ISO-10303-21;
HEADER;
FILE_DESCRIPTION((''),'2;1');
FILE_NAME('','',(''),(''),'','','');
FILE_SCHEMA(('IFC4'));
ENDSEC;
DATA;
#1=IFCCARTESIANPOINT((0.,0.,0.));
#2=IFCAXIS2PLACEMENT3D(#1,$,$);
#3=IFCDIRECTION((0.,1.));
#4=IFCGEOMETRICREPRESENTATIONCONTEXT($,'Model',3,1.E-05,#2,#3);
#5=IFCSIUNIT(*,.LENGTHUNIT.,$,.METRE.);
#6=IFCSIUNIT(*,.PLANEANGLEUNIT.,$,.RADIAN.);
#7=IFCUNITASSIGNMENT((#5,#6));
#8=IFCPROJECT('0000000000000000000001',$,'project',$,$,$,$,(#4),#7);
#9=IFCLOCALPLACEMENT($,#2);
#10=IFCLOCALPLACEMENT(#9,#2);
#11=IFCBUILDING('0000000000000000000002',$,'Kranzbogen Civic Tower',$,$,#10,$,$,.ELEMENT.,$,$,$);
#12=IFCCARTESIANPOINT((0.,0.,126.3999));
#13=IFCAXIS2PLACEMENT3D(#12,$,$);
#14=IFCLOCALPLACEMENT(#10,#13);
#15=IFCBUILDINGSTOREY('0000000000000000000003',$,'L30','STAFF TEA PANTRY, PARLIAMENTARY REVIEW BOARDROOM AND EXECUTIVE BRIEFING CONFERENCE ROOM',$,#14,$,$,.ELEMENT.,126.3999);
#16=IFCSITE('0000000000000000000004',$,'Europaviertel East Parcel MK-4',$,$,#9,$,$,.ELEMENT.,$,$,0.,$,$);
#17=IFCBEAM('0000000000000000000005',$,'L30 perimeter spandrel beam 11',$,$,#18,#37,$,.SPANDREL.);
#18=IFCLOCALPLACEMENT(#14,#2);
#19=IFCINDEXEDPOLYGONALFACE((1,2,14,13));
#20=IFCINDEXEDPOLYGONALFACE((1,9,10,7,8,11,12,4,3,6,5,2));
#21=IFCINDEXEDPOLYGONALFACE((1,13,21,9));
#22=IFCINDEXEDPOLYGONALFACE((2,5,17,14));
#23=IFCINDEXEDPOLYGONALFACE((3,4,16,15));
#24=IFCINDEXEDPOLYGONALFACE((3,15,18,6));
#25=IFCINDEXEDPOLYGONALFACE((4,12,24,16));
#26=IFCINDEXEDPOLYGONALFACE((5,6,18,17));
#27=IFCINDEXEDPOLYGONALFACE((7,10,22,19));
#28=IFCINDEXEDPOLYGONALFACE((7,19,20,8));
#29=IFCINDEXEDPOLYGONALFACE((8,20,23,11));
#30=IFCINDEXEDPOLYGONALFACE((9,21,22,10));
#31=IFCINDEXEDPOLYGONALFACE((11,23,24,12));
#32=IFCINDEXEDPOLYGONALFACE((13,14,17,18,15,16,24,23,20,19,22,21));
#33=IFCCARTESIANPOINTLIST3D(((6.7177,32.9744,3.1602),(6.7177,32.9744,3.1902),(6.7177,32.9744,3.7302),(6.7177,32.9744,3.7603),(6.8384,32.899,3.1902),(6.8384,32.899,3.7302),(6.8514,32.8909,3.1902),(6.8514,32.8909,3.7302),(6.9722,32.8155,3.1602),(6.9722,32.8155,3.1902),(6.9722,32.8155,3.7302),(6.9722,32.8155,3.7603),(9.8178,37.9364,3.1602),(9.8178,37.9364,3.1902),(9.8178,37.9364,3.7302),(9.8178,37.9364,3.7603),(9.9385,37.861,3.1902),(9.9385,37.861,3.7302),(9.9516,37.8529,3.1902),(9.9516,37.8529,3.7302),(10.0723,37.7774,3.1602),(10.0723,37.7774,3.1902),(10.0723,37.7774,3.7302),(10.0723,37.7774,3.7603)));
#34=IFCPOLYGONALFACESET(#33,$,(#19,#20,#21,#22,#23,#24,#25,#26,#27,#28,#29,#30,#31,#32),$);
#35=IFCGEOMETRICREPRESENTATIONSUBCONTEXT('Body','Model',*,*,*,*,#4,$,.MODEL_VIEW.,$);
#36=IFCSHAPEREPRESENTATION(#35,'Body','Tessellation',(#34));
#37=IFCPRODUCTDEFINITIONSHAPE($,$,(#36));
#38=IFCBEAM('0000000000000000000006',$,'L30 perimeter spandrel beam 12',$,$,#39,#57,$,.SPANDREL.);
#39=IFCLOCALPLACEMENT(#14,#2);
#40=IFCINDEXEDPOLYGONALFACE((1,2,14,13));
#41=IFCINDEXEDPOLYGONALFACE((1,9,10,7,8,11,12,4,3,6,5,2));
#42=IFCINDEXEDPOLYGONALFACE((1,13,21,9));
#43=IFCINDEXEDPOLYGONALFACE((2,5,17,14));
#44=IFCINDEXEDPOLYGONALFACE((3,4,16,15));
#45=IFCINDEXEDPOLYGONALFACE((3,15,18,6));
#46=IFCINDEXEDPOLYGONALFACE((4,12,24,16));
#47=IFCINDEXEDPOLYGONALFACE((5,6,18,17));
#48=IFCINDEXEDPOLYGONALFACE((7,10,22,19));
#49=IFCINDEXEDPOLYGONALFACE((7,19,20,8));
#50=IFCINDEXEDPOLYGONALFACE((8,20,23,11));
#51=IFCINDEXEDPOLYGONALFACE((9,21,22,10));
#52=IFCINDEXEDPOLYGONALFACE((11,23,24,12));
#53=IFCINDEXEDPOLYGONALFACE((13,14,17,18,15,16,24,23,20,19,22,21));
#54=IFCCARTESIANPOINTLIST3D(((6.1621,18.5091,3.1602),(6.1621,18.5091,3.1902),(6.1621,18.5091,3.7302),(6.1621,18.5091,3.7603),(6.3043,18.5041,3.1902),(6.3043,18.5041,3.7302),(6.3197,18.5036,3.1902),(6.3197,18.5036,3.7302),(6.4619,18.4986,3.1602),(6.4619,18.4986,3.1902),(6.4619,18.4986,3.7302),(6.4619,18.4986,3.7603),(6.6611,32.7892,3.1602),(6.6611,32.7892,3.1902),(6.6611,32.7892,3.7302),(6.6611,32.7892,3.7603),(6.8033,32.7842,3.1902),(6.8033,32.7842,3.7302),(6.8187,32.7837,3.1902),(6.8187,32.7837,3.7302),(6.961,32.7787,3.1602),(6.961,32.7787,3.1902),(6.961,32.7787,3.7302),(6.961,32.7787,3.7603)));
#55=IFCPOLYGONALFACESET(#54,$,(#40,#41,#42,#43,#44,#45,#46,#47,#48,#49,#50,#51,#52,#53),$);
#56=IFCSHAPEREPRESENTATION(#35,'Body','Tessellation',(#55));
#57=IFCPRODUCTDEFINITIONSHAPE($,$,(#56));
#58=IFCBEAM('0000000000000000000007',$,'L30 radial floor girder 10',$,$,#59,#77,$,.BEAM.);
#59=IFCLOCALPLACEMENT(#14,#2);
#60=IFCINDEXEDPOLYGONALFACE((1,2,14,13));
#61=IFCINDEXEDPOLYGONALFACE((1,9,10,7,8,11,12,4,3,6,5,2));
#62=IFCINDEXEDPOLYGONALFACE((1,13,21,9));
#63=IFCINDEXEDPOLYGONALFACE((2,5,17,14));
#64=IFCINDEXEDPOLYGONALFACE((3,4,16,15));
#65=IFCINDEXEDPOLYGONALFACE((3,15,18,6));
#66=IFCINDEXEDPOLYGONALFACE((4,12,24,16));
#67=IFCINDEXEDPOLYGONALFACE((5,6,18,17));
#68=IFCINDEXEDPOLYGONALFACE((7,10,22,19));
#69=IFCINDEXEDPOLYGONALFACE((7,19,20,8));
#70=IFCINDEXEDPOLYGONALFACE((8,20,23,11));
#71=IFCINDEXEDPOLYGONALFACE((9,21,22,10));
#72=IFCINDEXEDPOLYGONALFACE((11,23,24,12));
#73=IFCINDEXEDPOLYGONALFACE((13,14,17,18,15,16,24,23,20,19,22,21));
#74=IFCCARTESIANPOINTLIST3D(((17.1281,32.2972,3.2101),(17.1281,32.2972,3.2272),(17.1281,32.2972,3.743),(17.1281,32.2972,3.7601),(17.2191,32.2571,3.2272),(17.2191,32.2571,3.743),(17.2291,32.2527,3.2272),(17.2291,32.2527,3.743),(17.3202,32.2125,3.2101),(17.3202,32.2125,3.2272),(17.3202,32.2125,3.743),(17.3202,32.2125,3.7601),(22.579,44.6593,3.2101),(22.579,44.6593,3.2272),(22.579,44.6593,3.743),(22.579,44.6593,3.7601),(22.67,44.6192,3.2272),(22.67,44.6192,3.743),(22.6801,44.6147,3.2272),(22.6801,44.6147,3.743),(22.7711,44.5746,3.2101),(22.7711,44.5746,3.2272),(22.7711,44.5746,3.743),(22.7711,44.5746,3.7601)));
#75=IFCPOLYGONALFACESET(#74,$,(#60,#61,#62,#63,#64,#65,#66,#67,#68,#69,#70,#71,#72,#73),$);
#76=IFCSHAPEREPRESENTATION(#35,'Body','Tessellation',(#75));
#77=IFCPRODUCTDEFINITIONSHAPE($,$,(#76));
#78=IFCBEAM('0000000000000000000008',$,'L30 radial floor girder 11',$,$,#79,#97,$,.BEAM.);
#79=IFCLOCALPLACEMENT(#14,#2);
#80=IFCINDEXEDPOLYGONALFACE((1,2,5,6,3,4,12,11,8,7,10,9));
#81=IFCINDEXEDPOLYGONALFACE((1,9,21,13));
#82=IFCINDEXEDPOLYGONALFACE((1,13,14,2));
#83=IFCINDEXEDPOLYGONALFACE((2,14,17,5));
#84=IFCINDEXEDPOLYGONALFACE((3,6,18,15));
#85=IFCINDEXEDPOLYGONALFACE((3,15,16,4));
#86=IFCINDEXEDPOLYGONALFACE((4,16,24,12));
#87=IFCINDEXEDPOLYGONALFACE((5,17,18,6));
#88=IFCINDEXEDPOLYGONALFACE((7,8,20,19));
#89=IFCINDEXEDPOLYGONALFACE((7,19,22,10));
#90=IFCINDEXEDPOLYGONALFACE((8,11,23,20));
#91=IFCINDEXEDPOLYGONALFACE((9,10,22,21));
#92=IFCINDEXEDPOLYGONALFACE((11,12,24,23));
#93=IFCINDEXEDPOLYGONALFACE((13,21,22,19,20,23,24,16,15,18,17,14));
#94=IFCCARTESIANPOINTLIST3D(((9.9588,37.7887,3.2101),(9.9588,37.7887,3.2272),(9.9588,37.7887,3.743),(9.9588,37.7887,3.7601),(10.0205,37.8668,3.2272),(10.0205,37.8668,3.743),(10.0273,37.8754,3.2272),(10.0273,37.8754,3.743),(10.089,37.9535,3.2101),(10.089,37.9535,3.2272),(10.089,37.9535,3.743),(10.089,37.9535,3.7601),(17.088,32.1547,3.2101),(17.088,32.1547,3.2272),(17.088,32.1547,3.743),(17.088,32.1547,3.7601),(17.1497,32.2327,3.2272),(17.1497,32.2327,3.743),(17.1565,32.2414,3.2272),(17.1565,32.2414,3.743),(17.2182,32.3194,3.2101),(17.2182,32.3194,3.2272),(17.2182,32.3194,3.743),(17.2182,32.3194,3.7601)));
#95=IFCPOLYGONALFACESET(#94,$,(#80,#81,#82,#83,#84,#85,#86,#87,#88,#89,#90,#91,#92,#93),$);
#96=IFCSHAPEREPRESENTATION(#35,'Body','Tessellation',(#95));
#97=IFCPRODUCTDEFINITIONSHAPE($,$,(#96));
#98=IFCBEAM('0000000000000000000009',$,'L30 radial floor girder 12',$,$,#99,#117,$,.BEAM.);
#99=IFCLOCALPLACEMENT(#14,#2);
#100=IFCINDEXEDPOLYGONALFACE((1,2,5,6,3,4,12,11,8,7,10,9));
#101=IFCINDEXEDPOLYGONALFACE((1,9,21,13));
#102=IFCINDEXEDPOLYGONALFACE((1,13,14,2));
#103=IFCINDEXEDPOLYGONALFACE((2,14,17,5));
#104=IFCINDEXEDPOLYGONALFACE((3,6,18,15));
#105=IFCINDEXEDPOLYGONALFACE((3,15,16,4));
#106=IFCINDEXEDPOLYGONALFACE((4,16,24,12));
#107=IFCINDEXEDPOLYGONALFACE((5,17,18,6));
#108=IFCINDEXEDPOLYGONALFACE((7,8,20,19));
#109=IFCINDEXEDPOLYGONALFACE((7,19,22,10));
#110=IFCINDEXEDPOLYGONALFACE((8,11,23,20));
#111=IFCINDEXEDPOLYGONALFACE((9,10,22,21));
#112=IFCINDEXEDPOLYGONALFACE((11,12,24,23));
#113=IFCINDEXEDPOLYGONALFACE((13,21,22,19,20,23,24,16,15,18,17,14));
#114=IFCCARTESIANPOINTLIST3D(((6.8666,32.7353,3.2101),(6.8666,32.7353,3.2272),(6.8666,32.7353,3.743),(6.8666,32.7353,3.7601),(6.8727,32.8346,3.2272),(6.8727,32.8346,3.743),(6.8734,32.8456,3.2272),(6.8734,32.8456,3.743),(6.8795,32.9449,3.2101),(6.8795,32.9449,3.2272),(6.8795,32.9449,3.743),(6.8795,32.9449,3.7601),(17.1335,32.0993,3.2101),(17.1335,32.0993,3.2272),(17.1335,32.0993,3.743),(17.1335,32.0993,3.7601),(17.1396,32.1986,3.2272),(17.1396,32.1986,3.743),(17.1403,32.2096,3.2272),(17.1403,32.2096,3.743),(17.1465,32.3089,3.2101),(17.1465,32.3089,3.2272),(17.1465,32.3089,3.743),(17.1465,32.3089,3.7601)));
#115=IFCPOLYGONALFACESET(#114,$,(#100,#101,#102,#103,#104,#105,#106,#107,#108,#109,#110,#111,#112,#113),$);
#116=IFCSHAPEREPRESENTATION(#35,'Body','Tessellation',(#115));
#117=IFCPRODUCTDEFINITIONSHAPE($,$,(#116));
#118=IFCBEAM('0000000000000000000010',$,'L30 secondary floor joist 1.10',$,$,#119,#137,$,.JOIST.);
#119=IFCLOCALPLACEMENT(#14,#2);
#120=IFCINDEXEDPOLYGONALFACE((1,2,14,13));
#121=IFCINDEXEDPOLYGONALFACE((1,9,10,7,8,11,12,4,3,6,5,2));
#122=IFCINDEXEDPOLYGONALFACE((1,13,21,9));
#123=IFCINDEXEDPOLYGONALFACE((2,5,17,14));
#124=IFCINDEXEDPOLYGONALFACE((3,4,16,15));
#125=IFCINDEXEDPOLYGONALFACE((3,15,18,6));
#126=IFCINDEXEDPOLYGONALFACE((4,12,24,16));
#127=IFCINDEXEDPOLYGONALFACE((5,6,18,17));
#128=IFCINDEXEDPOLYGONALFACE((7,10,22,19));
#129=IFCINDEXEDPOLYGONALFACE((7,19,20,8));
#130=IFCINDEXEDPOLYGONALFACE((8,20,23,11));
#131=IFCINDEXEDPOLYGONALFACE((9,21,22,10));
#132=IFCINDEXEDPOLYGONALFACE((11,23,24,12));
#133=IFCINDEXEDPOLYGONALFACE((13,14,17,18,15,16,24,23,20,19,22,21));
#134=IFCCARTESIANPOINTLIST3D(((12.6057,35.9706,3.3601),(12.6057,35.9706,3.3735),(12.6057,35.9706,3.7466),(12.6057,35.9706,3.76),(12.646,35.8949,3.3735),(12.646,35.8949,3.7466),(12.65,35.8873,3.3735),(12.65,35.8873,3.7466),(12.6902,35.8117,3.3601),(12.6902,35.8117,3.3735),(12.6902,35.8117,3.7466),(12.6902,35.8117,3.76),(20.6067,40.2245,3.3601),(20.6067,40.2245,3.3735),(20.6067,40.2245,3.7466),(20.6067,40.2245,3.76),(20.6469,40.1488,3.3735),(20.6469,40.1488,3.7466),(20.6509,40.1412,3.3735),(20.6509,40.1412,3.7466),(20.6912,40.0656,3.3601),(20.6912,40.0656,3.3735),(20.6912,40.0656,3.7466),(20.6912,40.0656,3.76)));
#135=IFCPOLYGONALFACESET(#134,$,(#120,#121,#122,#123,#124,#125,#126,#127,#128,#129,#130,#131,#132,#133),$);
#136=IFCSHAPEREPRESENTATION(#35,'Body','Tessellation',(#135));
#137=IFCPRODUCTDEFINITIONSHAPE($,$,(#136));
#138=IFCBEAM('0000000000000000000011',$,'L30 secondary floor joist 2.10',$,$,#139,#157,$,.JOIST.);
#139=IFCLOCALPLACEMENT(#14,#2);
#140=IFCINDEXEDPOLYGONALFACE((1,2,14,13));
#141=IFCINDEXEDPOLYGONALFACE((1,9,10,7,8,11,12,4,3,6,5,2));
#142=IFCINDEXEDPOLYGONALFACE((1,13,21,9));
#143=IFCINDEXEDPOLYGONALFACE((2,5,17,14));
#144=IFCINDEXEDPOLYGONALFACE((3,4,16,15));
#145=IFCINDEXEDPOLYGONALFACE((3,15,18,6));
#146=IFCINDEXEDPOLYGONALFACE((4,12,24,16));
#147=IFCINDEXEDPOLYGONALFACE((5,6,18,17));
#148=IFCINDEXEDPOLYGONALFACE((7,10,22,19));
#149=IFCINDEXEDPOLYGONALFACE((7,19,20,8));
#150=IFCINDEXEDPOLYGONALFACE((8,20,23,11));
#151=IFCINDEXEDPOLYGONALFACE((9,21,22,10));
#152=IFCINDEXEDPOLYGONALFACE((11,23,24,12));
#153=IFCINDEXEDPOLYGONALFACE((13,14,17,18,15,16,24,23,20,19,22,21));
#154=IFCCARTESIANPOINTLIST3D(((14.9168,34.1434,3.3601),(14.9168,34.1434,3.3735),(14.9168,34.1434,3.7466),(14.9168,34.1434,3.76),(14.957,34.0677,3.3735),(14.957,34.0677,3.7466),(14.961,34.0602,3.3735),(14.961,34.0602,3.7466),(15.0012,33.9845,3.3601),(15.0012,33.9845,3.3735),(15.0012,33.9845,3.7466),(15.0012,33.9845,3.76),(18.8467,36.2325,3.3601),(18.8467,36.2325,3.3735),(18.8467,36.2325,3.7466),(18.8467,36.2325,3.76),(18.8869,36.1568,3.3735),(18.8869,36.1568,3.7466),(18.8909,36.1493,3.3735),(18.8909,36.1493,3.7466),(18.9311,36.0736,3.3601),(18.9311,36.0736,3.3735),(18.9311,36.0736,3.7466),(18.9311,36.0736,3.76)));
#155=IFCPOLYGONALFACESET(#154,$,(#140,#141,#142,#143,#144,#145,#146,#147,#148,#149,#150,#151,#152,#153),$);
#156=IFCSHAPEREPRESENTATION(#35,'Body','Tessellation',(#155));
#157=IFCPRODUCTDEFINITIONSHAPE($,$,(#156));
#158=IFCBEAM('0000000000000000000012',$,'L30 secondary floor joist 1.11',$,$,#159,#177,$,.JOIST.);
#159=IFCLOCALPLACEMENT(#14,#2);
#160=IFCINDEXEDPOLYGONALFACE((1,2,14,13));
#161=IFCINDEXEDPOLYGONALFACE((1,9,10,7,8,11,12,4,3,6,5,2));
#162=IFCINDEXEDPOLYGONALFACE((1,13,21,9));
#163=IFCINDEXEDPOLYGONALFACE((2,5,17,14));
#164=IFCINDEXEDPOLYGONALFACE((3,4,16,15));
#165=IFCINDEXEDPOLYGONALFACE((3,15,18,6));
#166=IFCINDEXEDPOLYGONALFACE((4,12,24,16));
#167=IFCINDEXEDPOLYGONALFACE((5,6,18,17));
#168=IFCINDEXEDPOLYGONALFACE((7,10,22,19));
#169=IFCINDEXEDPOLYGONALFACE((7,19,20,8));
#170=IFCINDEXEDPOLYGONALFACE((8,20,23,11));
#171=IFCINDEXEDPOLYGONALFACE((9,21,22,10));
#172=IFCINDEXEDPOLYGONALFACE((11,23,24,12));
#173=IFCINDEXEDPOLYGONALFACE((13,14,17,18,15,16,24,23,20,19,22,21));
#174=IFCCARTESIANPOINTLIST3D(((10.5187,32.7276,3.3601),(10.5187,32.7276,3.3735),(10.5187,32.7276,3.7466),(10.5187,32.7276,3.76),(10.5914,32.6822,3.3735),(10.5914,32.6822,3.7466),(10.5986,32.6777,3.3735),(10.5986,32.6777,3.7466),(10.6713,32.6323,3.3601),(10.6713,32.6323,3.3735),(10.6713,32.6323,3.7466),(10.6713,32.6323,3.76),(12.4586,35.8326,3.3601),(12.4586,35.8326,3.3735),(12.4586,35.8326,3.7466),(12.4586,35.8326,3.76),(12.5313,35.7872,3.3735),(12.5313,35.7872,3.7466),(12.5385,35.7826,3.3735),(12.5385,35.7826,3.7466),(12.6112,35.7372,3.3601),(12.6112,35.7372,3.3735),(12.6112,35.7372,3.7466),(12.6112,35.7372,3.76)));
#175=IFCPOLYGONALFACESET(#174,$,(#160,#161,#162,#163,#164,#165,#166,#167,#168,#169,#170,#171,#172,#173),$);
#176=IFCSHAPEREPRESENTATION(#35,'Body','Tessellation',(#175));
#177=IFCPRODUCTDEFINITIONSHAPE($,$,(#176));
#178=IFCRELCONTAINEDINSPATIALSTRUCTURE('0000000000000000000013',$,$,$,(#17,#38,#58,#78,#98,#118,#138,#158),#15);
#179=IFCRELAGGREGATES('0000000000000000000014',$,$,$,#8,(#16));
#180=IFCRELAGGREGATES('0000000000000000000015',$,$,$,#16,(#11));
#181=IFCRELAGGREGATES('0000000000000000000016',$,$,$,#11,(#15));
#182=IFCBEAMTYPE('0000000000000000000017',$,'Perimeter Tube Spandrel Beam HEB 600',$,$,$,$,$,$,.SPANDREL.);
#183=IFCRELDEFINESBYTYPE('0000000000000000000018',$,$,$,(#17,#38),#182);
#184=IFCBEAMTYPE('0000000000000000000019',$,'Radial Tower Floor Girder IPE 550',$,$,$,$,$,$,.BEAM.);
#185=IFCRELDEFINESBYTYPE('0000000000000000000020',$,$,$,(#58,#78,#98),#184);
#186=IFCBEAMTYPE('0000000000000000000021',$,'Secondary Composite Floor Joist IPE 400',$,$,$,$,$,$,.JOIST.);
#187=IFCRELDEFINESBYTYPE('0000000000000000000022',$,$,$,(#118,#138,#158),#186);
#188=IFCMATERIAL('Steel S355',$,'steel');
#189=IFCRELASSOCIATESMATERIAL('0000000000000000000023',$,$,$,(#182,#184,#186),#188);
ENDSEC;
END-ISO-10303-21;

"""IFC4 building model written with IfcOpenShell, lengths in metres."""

from ifc_helpers import new_model, si_unit, direction, frame, origin, origin_2d, place, context, subcontext, project, spatial, i_section, extrude, material, material_profile, profile_set, type_object, element, save


model = new_model("IFC4")

# Units and contexts
model_context = context("Model", 3, precision=1e-05, world=origin(), true_north=direction((0.0, 1.0)))
body_context = subcontext(model_context, "Body", "Model", "MODEL_VIEW")
ifc_project = project(units=[si_unit("LENGTHUNIT", "METRE"), si_unit("PLANEANGLEUNIT", "RADIAN")], contexts=[model_context])

# Site, building, storey
site_placement = place(None, origin())
site = spatial("IfcSite", under=ifc_project, at=site_placement, Name="Europaviertel East Parcel MK-4", CompositionType="ELEMENT", RefElevation=0.0)
building_placement = place(site_placement, origin())
building = spatial("IfcBuilding", under=site, at=building_placement, Name="Kranzbogen Civic Tower", CompositionType="ELEMENT")
storey_placement = place(building_placement, frame((0.0, 0.0, 126.3999)))
storey = spatial("IfcBuildingStorey", under=building, at=storey_placement, Name="L30", Description="STAFF TEA PANTRY, PARLIAMENTARY REVIEW BOARDROOM AND EXECUTIVE BRIEFING CONFERENCE ROOM", CompositionType="ELEMENT", Elevation=126.3999)

# Beams
ifc_material_1 = material(Name="Steel S355", Category="steel")
ifc_material_profile_1 = material_profile(ifc_material_1, i_section(OverallWidth=0.3, OverallDepth=0.6001, WebThickness=0.0154, FlangeThickness=0.03, at=origin_2d()), Name="HEB 600")
ifc_profile_set_1 = profile_set([ifc_material_profile_1], Name="Steel S355")
beam_type_1 = type_object("IfcBeamType", Name="Perimeter Tube Spandrel Beam HEB 600", PredefinedType="SPANDREL", material=ifc_profile_set_1)
beam_1_placement = place(storey_placement, frame((9.9451, 37.8569, 3.4602), z_axis=(-0.529864, -0.848083, 0.0), x_axis=(0.848083, -0.529864, 0.0)))
element("IfcBeam", 1, at=beam_1_placement, inside=storey, type_object=beam_type_1, Name="L30 perimeter spandrel beam 11", PredefinedType="SPANDREL", context=body_context, shape_type="SweptSolid", body=[
    extrude(i_section(OverallWidth=0.3, OverallDepth=0.6001, WebThickness=0.0154, FlangeThickness=0.03, at=origin_2d()), origin(), (0.0, 0.0, 1.0), 5.8508),
])
beam_2_placement = place(storey_placement, frame((6.811, 32.7839, 3.4602), z_axis=(-0.034924, -0.99939, 0.0), x_axis=(0.99939, -0.034924, 0.0)))
element("IfcBeam", 2, at=beam_2_placement, inside=storey, type_object=beam_type_1, Name="L30 perimeter spandrel beam 12", PredefinedType="SPANDREL", context=body_context, shape_type="SweptSolid", body=[
    extrude(i_section(OverallWidth=0.3, OverallDepth=0.6001, WebThickness=0.0154, FlangeThickness=0.03, at=origin_2d()), origin(), (0.0, 0.0, 1.0), 14.2888),
])
ifc_material_profile_2 = material_profile(ifc_material_1, i_section(OverallWidth=0.21, OverallDepth=0.55, WebThickness=0.011, FlangeThickness=0.0171, at=origin_2d()), Name="IPE 550")
ifc_profile_set_2 = profile_set([ifc_material_profile_2], Name="Steel S355")
beam_type_2 = type_object("IfcBeamType", Name="Radial Tower Floor Girder IPE 550", PredefinedType="BEAM", material=ifc_profile_set_2)
beam_3_placement = place(storey_placement, frame((22.675, 44.6169, 3.4851), z_axis=(-0.403459, -0.914998, 0.0), x_axis=(0.914998, -0.403459, 0.0)))
element("IfcBeam", 3, at=beam_3_placement, inside=storey, type_object=beam_type_2, Name="L30 radial floor girder 10", PredefinedType="BEAM", context=body_context, shape_type="SweptSolid", body=[
    extrude(i_section(OverallWidth=0.21, OverallDepth=0.55, WebThickness=0.011, FlangeThickness=0.0171, at=origin_2d()), origin(), (0.0, 0.0, 1.0), 13.5105),
])
beam_4_placement = place(storey_placement, frame((10.0239, 37.8711, 3.4851), z_axis=(0.784575, -0.620034, 0.0), x_axis=(0.620034, 0.784575, 0.0)))
element("IfcBeam", 4, at=beam_4_placement, inside=storey, type_object=beam_type_2, Name="L30 radial floor girder 11", PredefinedType="BEAM", context=body_context, shape_type="SweptSolid", body=[
    extrude(i_section(OverallWidth=0.21, OverallDepth=0.55, WebThickness=0.011, FlangeThickness=0.0171, at=origin_2d()), origin(), (0.0, 0.0, 1.0), 9.0867),
])
beam_5_placement = place(storey_placement, frame((6.873, 32.8401, 3.4851), z_axis=(0.998087, -0.061827, 0.0), x_axis=(0.061827, 0.998087, 0.0)))
element("IfcBeam", 5, at=beam_5_placement, inside=storey, type_object=beam_type_2, Name="L30 radial floor girder 12", PredefinedType="BEAM", context=body_context, shape_type="SweptSolid", body=[
    extrude(i_section(OverallWidth=0.21, OverallDepth=0.55, WebThickness=0.011, FlangeThickness=0.0171, at=origin_2d()), origin(), (0.0, 0.0, 1.0), 10.2866),
])
ifc_material_profile_3 = material_profile(ifc_material_1, i_section(OverallWidth=0.1799, OverallDepth=0.3999, WebThickness=0.0085, FlangeThickness=0.0134, at=origin_2d()), Name="IPE 400")
ifc_profile_set_3 = profile_set([ifc_material_profile_3], Name="Steel S355")
beam_type_3 = type_object("IfcBeamType", Name="Secondary Composite Floor Joist IPE 400", PredefinedType="JOIST", material=ifc_profile_set_3)
beam_6_placement = place(storey_placement, frame((20.6489, 40.145, 3.5601), z_axis=(-0.882961, -0.469447, 0.0), x_axis=(0.469447, -0.882961, 0.0)))
element("IfcBeam", 6, at=beam_6_placement, inside=storey, type_object=beam_type_3, Name="L30 secondary floor joist 1.10", PredefinedType="JOIST", context=body_context, shape_type="SweptSolid", body=[
    extrude(i_section(OverallWidth=0.1799, OverallDepth=0.3999, WebThickness=0.0085, FlangeThickness=0.0134, at=origin_2d()), origin(), (0.0, 0.0, 1.0), 9.0615),
])
beam_7_placement = place(storey_placement, frame((18.8889, 36.1531, 3.5601), z_axis=(-0.882991, -0.469389, 0.0), x_axis=(0.469389, -0.882991, 0.0)))
element("IfcBeam", 7, at=beam_7_placement, inside=storey, type_object=beam_type_3, Name="L30 secondary floor joist 2.10", PredefinedType="JOIST", context=body_context, shape_type="SweptSolid", body=[
    extrude(i_section(OverallWidth=0.1799, OverallDepth=0.3999, WebThickness=0.0085, FlangeThickness=0.0134, at=origin_2d()), origin(), (0.0, 0.0, 1.0), 4.4507),
])
beam_8_placement = place(storey_placement, frame((12.5349, 35.7849, 3.5601), z_axis=(-0.529867, -0.848081, 0.0), x_axis=(0.848081, -0.529867, 0.0)))
element("IfcBeam", 8, at=beam_8_placement, inside=storey, type_object=beam_type_3, Name="L30 secondary floor joist 1.11", PredefinedType="JOIST", context=body_context, shape_type="SweptSolid", body=[
    extrude(i_section(OverallWidth=0.1799, OverallDepth=0.3999, WebThickness=0.0085, FlangeThickness=0.0134, at=origin_2d()), origin(), (0.0, 0.0, 1.0), 3.6611),
])

save(model, "model.ifc")
